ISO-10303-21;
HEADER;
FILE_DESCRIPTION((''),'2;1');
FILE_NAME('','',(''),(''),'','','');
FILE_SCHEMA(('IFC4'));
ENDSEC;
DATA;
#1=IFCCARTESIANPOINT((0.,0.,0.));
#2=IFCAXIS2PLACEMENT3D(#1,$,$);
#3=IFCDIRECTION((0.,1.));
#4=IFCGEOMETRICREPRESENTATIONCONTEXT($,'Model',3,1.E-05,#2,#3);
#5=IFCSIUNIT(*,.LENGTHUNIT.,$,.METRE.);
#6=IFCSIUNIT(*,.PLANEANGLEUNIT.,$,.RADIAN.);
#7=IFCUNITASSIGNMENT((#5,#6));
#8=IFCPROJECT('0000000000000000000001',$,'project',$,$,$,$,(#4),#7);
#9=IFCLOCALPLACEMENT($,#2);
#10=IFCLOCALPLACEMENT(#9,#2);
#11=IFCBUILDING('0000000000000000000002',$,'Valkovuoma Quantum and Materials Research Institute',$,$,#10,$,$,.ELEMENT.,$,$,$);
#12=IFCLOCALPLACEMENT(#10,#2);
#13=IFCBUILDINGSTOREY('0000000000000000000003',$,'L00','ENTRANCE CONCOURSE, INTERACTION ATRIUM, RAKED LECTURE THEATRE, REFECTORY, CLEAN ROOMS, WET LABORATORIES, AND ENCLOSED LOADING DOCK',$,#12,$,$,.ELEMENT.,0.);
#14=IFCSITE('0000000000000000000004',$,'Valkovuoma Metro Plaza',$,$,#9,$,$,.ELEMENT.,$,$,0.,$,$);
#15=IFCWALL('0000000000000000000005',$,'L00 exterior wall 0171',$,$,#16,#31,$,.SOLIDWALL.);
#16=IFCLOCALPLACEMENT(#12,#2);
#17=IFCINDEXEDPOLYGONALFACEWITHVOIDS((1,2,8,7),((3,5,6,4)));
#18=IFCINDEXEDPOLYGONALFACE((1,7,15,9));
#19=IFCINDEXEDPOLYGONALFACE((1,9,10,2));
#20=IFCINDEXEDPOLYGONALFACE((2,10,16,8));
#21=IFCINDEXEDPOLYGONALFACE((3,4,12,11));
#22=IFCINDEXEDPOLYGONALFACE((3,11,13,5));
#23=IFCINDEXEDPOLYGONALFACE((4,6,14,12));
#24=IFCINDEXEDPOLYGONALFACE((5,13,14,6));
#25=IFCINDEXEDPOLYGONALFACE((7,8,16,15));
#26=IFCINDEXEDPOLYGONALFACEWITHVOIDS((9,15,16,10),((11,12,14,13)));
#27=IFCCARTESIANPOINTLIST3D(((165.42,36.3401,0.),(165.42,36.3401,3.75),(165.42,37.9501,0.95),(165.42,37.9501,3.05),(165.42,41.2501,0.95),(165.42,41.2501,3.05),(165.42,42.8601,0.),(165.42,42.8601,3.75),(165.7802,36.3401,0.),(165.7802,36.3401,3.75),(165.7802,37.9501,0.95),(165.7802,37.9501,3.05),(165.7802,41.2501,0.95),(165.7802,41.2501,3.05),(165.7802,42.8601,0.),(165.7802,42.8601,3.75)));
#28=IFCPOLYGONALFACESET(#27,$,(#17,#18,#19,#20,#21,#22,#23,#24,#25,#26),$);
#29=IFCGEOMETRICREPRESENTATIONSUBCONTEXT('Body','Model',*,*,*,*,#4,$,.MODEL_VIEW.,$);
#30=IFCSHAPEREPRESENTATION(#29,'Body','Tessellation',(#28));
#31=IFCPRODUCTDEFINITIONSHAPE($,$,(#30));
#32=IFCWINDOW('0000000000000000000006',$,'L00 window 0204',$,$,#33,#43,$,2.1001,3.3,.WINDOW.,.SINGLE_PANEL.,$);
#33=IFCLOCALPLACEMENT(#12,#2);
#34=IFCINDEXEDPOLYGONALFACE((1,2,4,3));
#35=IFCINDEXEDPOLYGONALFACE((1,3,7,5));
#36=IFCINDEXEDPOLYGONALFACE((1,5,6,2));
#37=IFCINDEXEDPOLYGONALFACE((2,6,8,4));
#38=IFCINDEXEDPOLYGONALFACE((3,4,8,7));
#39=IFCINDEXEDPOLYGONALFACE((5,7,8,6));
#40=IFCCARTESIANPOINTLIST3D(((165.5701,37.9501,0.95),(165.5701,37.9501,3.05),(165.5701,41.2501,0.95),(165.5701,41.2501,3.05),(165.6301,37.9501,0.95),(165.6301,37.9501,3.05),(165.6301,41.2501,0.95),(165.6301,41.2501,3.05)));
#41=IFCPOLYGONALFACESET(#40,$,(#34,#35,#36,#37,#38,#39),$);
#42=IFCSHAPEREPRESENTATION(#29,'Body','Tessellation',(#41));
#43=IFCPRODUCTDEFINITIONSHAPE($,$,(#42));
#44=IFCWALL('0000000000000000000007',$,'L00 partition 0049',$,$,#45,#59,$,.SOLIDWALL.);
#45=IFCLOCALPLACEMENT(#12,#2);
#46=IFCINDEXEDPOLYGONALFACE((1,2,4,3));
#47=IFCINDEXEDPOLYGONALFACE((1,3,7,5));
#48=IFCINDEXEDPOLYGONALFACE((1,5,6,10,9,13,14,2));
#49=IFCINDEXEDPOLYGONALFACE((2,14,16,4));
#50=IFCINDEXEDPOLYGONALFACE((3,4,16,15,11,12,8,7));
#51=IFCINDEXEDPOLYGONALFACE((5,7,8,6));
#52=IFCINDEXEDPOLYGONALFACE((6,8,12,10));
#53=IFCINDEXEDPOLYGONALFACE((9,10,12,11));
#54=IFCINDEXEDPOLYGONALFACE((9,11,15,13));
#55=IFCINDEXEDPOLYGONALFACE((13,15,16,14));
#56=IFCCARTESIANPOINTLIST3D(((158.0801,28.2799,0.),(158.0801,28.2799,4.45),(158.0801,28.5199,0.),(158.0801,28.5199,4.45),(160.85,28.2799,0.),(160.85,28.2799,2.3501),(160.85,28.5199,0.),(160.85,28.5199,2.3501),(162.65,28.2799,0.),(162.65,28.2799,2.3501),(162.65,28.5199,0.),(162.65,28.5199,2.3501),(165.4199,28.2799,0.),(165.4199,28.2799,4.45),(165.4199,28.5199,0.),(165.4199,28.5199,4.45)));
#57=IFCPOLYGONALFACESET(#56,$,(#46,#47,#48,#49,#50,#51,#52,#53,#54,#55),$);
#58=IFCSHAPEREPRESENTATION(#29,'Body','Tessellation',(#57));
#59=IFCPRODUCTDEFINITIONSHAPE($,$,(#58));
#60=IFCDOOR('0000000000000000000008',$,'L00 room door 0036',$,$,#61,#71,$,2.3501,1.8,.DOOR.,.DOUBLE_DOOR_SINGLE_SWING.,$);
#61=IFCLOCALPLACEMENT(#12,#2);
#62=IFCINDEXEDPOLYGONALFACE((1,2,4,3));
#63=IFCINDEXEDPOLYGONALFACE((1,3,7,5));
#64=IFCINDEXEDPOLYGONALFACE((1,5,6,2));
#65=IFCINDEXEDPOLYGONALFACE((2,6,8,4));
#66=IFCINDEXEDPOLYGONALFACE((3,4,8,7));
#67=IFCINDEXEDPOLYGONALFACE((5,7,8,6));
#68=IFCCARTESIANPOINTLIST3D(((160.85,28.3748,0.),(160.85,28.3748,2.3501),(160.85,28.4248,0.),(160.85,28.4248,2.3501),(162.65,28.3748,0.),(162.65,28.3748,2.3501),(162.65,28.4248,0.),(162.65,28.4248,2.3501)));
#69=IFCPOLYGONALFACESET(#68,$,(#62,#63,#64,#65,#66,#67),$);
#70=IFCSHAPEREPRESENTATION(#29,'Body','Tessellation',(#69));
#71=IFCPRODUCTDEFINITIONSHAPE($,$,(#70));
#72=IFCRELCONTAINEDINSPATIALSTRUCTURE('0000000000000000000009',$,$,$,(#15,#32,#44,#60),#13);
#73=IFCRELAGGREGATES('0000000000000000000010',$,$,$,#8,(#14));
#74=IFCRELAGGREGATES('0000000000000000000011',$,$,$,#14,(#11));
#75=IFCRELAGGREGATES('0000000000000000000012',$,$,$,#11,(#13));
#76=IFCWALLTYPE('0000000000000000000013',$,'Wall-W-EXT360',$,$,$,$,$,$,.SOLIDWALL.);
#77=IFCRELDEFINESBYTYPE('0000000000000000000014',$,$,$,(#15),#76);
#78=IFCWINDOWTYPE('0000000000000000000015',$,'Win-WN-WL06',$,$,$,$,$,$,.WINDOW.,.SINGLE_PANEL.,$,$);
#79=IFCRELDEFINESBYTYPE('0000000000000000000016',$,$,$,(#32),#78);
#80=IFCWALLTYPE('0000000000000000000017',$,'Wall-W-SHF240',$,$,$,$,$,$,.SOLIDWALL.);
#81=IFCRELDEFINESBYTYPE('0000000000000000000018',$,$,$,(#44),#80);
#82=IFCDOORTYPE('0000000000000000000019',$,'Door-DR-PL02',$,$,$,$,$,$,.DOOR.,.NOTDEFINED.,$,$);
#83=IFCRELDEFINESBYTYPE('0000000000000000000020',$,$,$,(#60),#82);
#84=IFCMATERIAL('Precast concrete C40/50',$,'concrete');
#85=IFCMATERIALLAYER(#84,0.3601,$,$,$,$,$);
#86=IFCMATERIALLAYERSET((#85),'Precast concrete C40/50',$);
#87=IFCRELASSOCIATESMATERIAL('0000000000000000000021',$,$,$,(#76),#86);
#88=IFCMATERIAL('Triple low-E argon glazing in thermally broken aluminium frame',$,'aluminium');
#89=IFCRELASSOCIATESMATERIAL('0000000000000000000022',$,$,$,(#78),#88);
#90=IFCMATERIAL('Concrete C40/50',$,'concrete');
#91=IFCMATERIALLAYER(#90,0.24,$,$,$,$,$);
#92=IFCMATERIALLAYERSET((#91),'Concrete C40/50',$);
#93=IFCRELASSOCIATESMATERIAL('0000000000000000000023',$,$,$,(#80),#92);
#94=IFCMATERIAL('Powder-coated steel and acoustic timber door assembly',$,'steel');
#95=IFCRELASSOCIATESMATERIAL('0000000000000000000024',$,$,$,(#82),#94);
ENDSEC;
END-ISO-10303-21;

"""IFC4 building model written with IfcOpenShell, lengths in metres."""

from ifc_helpers import new_model, si_unit, direction, frame, frame_2d, origin, place, context, subcontext, project, spatial, rectangle, extrude, material, layer, layer_set, type_object, element, fill, save


model = new_model("IFC4")

# Units and contexts
model_context = context("Model", 3, precision=1e-05, world=origin(), true_north=direction((0.0, 1.0)))
body_context = subcontext(model_context, "Body", "Model", "MODEL_VIEW")
ifc_project = project(units=[si_unit("LENGTHUNIT", "METRE"), si_unit("PLANEANGLEUNIT", "RADIAN")], contexts=[model_context])

# Site, building, storey
site_placement = place(None, origin())
site = spatial("IfcSite", under=ifc_project, at=site_placement, Name="Valkovuoma Metro Plaza", CompositionType="ELEMENT", RefElevation=0.0)
building_placement = place(site_placement, origin())
building = spatial("IfcBuilding", under=site, at=building_placement, Name="Valkovuoma Quantum and Materials Research Institute", CompositionType="ELEMENT")
storey_placement = place(building_placement, origin())
storey = spatial("IfcBuildingStorey", under=building, at=storey_placement, Name="L00", Description="ENTRANCE CONCOURSE, INTERACTION ATRIUM, RAKED LECTURE THEATRE, REFECTORY, CLEAN ROOMS, WET LABORATORIES, AND ENCLOSED LOADING DOCK", CompositionType="ELEMENT", Elevation=0.0)

# Wall, opening, window
ifc_material_1 = material(Name="Precast concrete C40/50", Category="concrete")
ifc_layer_1 = layer(ifc_material_1, 0.3601)
ifc_layer_set_1 = layer_set([ifc_layer_1], Name="Precast concrete C40/50")
wall_type_1 = type_object("IfcWallType", Name="Wall-W-EXT360", PredefinedType="SOLIDWALL", material=ifc_layer_set_1)
wall_1_placement = place(storey_placement, frame((165.6001, 36.3401, 0.0), z_axis=(0.0, 0.0, 1.0), x_axis=(0.0, 1.0, 0.0)))
wall_1 = element("IfcWall", 1, at=wall_1_placement, inside=storey, type_object=wall_type_1, Name="L00 exterior wall 0171", PredefinedType="SOLIDWALL", context=body_context, shape_type="SweptSolid", body=[
    extrude(rectangle(XDim=6.52, YDim=0.3601, at=frame_2d((3.26, 0.0))), origin(), (0.0, 0.0, 1.0), 3.75),
])
opening_1_placement = place(wall_1_placement, frame((1.6101, 0.0, 0.95)))
opening_1 = element("IfcOpeningElement", 2, at=opening_1_placement, cuts=wall_1, PredefinedType="OPENING", context=body_context, shape_type="SweptSolid", body=[
    extrude(rectangle(XDim=3.3, YDim=2.1001, at=frame_2d((1.6499, 1.05))), frame((0.0, 0.1899, 0.0), z_axis=(0.0, -1.0, 0.0), x_axis=(1.0, 0.0, 0.0)), (0.0, 0.0, 1.0), 0.3801),
])
ifc_material_2 = material(Name="Triple low-E argon glazing in thermally broken aluminium frame", Category="aluminium")
window_type_1 = type_object("IfcWindowType", Name="Win-WN-WL06", PartitioningType="SINGLE_PANEL", PredefinedType="WINDOW", material=ifc_material_2)
window_1_placement = place(opening_1_placement, origin())
window_1 = element("IfcWindow", 3, at=window_1_placement, inside=storey, type_object=window_type_1, Name="L00 window 0204", OverallHeight=2.1001, OverallWidth=3.3, PartitioningType="SINGLE_PANEL", PredefinedType="WINDOW", context=body_context, shape_type="SweptSolid", body=[
    extrude(rectangle(XDim=3.3, YDim=2.1001, at=frame_2d((1.6499, 1.05))), frame((0.0, 0.03, 0.0), z_axis=(0.0, -1.0, 0.0), x_axis=(1.0, 0.0, 0.0)), (0.0, 0.0, 1.0), 0.0601),
])
fill(opening_1, window_1)

# Wall, opening, door
ifc_material_3 = material(Name="Concrete C40/50", Category="concrete")
ifc_layer_2 = layer(ifc_material_3, 0.24)
ifc_layer_set_2 = layer_set([ifc_layer_2], Name="Concrete C40/50")
wall_type_2 = type_object("IfcWallType", Name="Wall-W-SHF240", PredefinedType="SOLIDWALL", material=ifc_layer_set_2)
wall_2_placement = place(storey_placement, frame((158.0801, 28.3999, 0.0), z_axis=(0.0, 0.0, 1.0), x_axis=(1.0, 0.0, 0.0)))
wall_2 = element("IfcWall", 4, at=wall_2_placement, inside=storey, type_object=wall_type_2, Name="L00 partition 0049", PredefinedType="SOLIDWALL", context=body_context, shape_type="SweptSolid", body=[
    extrude(rectangle(XDim=7.3398, YDim=0.24, at=frame_2d((3.6699, 0.0))), origin(), (0.0, 0.0, 1.0), 4.45),
])
opening_2_placement = place(wall_2_placement, frame((2.77, 0.0, 0.0)))
opening_2 = element("IfcOpeningElement", 5, at=opening_2_placement, cuts=wall_2, PredefinedType="OPENING", context=body_context, shape_type="SweptSolid", body=[
    extrude(rectangle(XDim=1.8, YDim=2.3501, at=frame_2d((0.8999, 1.175))), frame((0.0, 0.1299, 0.0), z_axis=(0.0, -1.0, 0.0), x_axis=(1.0, 0.0, 0.0)), (0.0, 0.0, 1.0), 0.26),
])
ifc_material_4 = material(Name="Powder-coated steel and acoustic timber door assembly", Category="steel")
door_type = type_object("IfcDoorType", Name="Door-DR-PL02", OperationType="NOTDEFINED", PredefinedType="DOOR", material=ifc_material_4)
door_placement = place(opening_2_placement, origin())
door = element("IfcDoor", 6, at=door_placement, inside=storey, type_object=door_type, Name="L00 room door 0036", OperationType="DOUBLE_DOOR_SINGLE_SWING", OverallHeight=2.3501, OverallWidth=1.8, PredefinedType="DOOR", context=body_context, shape_type="SweptSolid", body=[
    extrude(rectangle(XDim=1.8, YDim=2.3501, at=frame_2d((0.8999, 1.175))), frame((0.0, 0.0249, 0.0), z_axis=(0.0, -1.0, 0.0), x_axis=(1.0, 0.0, 0.0)), (0.0, 0.0, 1.0), 0.05),
])
fill(opening_2, door)

save(model, "model.ifc")
